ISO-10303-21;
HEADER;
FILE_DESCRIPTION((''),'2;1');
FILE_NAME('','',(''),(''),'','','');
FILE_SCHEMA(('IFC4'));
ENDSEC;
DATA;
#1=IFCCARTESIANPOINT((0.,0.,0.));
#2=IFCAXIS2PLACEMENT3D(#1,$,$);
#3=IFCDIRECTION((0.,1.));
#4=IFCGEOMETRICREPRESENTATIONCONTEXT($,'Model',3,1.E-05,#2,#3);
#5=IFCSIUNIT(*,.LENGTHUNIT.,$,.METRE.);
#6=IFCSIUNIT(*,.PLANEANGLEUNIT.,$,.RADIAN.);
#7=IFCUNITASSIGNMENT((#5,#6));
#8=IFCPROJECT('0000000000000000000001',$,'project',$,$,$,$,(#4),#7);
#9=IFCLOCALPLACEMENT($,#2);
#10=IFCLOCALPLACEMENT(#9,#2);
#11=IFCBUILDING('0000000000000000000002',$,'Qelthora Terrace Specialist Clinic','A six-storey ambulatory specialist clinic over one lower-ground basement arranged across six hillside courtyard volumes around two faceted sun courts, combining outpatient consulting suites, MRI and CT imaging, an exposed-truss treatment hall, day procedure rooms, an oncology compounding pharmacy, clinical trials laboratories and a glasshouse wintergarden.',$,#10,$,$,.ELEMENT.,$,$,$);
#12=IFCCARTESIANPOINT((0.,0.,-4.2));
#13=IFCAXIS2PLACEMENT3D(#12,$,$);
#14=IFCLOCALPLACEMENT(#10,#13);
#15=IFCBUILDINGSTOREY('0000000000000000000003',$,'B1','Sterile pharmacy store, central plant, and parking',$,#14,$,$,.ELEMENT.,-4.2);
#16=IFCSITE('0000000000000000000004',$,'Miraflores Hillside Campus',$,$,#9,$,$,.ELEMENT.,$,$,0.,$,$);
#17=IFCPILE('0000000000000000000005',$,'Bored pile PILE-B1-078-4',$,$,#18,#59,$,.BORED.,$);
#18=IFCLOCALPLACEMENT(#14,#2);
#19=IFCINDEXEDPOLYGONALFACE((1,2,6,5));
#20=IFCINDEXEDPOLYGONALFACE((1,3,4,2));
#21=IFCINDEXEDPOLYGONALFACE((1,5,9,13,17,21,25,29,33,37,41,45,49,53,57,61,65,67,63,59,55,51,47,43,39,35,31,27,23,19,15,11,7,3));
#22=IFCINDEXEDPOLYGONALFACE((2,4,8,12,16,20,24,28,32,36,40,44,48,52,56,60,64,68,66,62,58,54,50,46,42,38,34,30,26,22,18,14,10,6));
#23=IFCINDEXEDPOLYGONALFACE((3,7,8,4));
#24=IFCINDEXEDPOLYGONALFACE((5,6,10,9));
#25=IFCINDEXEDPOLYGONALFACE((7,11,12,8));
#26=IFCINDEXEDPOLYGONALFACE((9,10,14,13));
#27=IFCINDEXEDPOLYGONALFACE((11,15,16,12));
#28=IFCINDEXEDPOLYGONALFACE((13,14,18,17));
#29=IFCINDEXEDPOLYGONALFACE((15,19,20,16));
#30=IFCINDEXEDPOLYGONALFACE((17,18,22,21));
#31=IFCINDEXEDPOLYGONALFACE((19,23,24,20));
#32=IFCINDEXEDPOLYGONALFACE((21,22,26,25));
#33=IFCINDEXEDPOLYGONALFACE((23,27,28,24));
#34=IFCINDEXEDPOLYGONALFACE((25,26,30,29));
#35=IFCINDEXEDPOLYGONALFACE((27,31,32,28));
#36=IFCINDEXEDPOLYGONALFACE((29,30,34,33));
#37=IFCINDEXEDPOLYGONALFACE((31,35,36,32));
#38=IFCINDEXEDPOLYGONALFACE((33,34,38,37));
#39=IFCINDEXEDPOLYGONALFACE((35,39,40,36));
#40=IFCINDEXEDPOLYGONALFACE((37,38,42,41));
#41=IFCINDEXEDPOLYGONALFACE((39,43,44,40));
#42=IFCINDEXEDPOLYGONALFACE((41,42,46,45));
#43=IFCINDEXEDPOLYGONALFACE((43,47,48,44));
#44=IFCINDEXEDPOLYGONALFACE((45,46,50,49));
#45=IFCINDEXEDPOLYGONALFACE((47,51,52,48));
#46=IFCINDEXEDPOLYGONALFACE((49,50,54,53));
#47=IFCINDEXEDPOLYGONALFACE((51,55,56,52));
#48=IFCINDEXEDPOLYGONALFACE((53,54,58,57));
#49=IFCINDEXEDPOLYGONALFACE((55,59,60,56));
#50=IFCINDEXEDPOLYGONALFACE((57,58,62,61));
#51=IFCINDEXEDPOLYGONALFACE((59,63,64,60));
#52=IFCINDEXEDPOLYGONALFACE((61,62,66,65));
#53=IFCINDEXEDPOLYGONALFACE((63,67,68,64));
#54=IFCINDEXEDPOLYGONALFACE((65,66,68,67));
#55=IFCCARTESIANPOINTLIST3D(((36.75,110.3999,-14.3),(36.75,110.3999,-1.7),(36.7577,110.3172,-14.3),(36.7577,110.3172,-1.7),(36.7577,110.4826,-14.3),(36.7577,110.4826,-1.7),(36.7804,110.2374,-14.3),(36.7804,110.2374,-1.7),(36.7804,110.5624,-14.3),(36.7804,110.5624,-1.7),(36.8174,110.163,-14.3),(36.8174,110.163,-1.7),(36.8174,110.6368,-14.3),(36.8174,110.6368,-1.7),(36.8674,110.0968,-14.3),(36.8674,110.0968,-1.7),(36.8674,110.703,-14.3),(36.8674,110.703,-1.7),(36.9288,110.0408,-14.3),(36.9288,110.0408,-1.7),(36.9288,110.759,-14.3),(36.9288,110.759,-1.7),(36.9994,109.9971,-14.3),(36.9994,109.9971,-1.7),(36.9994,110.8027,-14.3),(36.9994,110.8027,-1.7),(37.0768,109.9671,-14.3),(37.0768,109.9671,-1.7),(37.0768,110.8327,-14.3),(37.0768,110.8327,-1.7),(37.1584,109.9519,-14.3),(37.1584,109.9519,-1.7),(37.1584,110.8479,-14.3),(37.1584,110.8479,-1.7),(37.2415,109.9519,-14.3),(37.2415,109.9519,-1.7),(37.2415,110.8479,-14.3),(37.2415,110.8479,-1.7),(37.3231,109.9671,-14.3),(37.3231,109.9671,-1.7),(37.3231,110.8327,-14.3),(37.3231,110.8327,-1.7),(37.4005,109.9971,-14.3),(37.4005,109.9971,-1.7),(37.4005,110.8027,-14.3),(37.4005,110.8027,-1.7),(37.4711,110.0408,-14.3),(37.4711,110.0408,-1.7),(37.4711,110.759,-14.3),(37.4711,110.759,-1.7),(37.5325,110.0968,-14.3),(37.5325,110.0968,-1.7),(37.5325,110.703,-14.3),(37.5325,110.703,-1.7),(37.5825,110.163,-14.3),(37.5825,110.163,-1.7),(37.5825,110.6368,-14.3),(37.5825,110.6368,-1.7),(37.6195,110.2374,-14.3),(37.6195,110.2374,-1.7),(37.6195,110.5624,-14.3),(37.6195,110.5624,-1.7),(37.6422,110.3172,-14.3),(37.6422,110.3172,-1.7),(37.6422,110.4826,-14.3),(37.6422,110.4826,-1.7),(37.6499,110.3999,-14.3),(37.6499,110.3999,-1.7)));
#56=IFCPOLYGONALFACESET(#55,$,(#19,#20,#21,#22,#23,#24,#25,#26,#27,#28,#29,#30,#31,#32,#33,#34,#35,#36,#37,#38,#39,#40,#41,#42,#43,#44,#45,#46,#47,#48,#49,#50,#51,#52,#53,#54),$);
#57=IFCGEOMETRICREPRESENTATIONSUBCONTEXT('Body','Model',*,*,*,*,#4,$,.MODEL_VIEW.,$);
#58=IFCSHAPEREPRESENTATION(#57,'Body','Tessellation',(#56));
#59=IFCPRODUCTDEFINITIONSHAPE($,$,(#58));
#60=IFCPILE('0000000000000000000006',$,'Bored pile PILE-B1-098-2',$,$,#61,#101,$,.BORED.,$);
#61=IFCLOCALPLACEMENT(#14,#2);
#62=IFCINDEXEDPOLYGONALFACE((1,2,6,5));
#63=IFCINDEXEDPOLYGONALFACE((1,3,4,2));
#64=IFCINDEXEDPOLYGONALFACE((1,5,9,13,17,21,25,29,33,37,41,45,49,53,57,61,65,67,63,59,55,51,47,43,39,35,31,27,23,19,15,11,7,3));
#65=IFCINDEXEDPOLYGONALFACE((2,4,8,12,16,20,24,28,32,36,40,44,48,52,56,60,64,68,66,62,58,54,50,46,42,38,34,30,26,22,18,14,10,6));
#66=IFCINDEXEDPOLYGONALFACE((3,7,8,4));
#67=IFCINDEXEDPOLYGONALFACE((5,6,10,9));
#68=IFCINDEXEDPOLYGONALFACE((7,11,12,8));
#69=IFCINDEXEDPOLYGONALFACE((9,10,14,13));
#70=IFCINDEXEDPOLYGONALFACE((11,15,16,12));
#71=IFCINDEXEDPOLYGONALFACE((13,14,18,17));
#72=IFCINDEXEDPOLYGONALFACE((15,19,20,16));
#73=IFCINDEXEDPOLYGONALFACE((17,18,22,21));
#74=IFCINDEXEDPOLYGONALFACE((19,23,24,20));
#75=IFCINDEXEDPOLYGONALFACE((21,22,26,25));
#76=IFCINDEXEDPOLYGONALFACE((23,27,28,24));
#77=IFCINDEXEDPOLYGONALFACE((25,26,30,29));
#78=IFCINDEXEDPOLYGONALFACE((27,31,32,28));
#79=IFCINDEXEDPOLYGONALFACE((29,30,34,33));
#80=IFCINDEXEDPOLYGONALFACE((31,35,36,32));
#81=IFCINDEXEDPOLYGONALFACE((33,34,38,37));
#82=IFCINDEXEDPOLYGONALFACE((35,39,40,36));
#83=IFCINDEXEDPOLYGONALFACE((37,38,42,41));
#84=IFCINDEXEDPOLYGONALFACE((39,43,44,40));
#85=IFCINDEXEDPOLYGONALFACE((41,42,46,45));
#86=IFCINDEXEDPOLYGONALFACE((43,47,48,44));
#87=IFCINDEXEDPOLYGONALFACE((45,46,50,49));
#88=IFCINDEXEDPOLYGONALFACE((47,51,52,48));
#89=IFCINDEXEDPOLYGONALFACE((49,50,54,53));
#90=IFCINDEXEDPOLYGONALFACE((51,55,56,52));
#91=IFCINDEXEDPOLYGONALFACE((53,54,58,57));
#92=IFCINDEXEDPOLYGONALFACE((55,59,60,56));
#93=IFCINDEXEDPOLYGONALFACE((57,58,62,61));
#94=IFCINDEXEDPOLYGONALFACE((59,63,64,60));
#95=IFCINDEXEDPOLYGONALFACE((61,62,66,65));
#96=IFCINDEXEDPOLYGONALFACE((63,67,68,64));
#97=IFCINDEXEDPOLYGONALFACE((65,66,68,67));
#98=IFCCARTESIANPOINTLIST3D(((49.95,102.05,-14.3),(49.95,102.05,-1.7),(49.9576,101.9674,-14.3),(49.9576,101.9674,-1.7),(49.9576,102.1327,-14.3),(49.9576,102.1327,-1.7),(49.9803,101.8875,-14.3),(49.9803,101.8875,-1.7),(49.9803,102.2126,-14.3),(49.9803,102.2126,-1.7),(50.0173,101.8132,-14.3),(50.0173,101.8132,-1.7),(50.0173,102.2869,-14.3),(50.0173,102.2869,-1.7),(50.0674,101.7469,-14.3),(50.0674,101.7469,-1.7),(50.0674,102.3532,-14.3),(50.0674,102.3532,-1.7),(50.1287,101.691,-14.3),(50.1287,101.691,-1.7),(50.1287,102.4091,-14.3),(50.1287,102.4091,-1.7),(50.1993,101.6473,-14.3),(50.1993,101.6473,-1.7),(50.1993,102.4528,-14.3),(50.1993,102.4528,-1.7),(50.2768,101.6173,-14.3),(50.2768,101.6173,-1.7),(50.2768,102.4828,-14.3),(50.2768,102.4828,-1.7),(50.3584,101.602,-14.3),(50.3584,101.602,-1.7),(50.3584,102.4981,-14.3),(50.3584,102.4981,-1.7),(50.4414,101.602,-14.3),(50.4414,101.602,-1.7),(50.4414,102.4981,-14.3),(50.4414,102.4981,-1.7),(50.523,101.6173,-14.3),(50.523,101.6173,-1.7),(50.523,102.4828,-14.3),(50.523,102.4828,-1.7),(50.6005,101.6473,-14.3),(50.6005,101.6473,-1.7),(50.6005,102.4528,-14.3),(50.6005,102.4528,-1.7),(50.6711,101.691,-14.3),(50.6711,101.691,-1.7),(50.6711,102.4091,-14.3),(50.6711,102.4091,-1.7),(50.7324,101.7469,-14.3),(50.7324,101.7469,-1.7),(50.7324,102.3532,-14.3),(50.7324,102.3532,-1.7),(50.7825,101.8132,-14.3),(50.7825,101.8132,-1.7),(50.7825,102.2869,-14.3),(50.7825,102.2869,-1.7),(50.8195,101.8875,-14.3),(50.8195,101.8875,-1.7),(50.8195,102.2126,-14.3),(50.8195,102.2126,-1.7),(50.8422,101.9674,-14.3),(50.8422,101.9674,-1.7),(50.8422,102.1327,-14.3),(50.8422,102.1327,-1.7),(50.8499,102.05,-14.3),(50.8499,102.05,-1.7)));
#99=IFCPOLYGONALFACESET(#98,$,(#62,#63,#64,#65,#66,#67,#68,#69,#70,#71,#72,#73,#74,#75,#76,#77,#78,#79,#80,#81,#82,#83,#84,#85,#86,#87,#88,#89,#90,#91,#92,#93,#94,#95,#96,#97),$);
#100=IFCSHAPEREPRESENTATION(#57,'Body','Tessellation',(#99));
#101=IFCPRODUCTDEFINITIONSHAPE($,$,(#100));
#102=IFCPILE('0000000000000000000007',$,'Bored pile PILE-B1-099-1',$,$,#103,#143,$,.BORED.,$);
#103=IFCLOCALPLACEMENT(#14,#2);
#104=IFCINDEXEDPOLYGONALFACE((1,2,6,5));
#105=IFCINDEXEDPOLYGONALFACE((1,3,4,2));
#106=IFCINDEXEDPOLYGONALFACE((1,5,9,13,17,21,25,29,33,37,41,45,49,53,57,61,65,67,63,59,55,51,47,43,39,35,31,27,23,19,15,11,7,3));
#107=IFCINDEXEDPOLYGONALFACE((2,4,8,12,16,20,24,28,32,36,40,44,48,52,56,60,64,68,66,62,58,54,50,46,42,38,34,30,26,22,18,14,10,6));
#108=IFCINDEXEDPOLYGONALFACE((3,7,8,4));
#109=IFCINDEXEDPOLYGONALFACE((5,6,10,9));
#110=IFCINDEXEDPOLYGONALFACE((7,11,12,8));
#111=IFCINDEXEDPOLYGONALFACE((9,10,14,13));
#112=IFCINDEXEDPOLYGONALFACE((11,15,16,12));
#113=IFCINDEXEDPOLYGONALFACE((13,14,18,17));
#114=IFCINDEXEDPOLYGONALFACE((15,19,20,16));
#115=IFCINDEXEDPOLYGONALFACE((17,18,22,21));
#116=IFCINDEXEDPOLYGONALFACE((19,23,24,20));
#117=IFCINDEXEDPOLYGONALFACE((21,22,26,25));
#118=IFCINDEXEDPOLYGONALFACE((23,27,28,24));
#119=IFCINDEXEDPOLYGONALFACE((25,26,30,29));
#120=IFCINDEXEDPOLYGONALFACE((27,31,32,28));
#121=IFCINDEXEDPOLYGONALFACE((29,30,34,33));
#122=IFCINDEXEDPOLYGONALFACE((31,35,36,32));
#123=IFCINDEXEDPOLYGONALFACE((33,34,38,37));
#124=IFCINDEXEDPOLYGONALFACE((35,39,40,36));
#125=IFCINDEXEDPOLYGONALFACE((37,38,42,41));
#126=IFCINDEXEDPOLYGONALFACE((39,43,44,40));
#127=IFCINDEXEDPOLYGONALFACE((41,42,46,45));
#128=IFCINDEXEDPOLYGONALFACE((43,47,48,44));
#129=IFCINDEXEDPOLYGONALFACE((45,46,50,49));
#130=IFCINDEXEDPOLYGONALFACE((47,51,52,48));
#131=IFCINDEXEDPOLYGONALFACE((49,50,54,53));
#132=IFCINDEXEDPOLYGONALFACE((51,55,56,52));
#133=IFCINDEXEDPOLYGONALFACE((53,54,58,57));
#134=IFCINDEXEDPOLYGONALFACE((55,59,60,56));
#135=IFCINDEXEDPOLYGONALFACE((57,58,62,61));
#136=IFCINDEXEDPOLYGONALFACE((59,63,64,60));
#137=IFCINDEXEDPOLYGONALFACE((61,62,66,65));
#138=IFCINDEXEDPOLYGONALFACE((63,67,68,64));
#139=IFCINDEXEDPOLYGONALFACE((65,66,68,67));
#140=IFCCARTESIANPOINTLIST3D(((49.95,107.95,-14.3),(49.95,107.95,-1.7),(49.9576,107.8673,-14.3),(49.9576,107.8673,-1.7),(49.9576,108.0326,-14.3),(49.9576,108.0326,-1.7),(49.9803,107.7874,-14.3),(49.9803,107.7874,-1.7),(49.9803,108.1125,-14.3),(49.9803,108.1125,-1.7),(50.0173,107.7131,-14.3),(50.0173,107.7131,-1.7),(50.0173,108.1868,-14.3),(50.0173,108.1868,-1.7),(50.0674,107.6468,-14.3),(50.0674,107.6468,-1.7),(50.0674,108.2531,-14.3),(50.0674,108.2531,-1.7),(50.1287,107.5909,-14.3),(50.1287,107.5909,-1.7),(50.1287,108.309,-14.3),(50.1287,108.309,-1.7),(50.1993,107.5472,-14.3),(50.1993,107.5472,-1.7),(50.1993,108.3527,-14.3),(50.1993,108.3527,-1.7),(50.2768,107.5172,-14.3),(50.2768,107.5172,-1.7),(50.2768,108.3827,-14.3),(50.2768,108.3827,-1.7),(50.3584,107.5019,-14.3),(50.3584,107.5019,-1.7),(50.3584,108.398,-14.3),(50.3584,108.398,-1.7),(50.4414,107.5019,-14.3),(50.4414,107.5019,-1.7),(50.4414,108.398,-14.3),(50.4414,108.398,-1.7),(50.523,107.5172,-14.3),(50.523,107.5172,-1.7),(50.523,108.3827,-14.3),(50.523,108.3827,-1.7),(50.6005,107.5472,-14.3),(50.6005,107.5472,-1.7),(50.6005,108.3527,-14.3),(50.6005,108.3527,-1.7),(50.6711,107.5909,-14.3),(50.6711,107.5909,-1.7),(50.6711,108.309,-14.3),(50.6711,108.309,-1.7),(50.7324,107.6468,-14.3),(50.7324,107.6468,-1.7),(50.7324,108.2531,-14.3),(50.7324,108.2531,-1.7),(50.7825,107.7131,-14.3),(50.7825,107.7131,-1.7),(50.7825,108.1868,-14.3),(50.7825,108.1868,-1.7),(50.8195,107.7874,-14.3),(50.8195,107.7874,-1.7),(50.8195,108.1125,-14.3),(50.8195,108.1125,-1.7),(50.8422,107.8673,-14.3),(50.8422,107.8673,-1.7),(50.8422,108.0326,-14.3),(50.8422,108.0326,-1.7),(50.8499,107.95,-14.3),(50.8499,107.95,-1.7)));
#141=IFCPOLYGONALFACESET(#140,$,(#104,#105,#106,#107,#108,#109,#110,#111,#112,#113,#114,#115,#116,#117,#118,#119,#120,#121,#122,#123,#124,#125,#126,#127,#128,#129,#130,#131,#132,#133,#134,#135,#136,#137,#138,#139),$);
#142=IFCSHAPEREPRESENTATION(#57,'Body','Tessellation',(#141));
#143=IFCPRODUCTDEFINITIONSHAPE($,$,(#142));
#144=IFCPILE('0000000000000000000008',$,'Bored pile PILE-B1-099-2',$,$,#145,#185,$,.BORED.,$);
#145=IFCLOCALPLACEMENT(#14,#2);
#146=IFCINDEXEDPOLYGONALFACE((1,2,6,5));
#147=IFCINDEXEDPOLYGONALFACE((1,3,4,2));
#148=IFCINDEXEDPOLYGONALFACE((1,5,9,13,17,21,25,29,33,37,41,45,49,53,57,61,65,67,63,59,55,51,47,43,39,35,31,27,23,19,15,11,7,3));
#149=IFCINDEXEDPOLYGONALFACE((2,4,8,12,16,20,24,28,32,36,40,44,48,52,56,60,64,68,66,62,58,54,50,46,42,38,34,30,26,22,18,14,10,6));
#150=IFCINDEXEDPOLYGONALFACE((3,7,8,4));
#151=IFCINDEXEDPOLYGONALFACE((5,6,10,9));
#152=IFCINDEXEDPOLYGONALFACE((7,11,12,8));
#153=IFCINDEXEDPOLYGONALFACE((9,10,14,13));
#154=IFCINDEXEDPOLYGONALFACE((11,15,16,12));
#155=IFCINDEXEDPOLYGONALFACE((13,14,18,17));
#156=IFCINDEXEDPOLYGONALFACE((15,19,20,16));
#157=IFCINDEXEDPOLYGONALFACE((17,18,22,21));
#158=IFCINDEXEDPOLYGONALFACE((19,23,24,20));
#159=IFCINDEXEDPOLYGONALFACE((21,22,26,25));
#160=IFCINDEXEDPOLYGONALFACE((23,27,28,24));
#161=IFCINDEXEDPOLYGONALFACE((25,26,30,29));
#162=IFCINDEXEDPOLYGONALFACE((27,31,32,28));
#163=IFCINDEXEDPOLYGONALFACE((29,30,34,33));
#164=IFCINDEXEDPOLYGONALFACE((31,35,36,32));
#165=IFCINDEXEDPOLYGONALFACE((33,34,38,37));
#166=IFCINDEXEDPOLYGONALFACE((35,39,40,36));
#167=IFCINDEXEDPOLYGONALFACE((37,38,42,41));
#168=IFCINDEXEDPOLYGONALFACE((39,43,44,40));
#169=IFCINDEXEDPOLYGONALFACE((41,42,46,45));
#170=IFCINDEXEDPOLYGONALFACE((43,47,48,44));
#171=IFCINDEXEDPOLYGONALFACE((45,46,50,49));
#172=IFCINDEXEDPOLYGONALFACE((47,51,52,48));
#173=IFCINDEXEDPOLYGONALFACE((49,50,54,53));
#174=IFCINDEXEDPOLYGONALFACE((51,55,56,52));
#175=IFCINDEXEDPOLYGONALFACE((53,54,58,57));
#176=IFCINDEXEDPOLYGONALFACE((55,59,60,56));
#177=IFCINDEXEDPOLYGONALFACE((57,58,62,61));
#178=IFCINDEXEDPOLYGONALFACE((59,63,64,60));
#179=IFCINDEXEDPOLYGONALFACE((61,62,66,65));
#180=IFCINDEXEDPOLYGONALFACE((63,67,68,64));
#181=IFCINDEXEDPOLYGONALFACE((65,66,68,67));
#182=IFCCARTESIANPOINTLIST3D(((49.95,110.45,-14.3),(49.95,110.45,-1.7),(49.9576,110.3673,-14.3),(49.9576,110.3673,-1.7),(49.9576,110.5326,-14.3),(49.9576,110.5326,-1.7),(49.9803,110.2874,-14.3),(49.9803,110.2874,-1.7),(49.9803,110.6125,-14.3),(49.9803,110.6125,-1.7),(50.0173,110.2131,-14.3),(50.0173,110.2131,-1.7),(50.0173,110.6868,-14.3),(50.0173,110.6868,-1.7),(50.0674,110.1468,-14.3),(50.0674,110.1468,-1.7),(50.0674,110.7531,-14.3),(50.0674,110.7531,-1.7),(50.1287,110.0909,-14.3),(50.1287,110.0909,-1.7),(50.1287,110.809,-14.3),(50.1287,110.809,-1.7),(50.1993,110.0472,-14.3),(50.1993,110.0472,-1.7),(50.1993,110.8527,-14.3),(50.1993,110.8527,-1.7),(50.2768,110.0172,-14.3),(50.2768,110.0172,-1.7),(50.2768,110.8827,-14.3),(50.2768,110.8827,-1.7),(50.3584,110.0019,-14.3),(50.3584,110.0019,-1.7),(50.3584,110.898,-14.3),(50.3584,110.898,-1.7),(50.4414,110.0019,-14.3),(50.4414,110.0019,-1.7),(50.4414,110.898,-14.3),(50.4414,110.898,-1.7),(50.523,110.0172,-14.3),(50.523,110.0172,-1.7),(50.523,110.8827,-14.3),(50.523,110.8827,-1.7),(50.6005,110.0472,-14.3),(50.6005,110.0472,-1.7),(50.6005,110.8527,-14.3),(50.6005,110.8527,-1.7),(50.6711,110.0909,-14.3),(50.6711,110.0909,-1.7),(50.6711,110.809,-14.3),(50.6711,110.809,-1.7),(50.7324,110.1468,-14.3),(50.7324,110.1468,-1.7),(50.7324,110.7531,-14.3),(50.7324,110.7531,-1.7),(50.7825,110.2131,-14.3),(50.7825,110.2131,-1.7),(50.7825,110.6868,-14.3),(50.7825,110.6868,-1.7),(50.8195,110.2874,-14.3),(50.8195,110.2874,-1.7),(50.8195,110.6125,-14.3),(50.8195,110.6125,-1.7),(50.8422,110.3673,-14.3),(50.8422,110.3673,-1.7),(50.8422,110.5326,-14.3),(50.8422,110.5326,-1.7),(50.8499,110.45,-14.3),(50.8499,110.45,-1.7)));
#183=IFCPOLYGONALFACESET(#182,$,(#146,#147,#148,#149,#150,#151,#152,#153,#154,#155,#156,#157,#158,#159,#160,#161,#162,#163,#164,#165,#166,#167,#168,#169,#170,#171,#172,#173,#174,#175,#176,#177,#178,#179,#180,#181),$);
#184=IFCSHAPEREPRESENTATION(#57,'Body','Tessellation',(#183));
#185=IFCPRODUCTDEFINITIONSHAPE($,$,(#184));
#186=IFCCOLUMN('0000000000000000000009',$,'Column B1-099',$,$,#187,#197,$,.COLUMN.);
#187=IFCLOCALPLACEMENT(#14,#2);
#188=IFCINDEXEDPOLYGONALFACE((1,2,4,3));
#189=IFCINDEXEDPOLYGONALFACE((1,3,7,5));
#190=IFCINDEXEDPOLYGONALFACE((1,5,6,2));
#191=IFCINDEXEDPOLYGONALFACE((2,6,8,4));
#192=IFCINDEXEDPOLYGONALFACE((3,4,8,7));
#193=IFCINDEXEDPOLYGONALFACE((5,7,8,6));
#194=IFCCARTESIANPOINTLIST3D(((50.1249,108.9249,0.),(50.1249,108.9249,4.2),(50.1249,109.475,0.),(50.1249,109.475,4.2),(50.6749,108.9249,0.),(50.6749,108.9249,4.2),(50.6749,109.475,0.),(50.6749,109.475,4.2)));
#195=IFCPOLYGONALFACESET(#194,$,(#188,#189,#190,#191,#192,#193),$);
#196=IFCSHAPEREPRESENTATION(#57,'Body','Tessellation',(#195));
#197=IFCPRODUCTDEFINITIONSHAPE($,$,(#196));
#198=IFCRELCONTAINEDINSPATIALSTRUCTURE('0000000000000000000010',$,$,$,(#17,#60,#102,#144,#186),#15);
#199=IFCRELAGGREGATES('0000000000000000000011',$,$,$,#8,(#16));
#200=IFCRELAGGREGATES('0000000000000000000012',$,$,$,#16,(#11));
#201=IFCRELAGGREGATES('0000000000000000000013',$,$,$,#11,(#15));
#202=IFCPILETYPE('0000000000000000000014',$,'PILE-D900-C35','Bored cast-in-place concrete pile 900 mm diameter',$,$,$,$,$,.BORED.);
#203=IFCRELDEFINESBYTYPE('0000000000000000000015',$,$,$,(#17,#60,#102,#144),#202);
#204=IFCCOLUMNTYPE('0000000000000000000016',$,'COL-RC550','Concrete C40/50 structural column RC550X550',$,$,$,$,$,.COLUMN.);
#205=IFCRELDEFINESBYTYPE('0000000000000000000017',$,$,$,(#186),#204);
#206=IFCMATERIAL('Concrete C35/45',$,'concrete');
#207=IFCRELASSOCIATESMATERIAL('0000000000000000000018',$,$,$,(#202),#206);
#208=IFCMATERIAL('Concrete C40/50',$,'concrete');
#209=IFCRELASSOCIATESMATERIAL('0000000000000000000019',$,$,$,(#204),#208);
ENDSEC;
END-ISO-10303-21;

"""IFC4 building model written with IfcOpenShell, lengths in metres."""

from ifc_helpers import new_model, si_unit, direction, frame, origin, origin_2d, place, context, subcontext, project, spatial, rectangle, circle, extrude, material, material_profile, profile_set, type_object, element, save


model = new_model("IFC4")

# Units and contexts
model_context = context("Model", 3, precision=1e-05, world=origin(), true_north=direction((0.0, 1.0)))
body_context = subcontext(model_context, "Body", "Model", "MODEL_VIEW")
ifc_project = project(units=[si_unit("LENGTHUNIT", "METRE"), si_unit("PLANEANGLEUNIT", "RADIAN")], contexts=[model_context])

# Site, building, storey
site_placement = place(None, origin())
site = spatial("IfcSite", under=ifc_project, at=site_placement, Name="Miraflores Hillside Campus", CompositionType="ELEMENT", RefElevation=0.0)
building_placement = place(site_placement, origin())
building = spatial("IfcBuilding", under=site, at=building_placement, Name="Qelthora Terrace Specialist Clinic", Description="A six-storey ambulatory specialist clinic over one lower-ground basement arranged across six hillside courtyard volumes around two faceted sun courts, combining outpatient consulting suites, MRI and CT imaging, an exposed-truss treatment hall, day procedure rooms, an oncology compounding pharmacy, clinical trials laboratories and a glasshouse wintergarden.", CompositionType="ELEMENT")
storey_placement = place(building_placement, frame((0.0, 0.0, -4.2)))
storey = spatial("IfcBuildingStorey", under=building, at=storey_placement, Name="B1", Description="Sterile pharmacy store, central plant, and parking", CompositionType="ELEMENT", Elevation=-4.2)

# Shared definitions
ifc_material_1 = material(Name="Concrete C35/45", Category="concrete")

# Piles
ifc_material_profile_1 = material_profile(ifc_material_1, circle(Radius=0.45, at=origin_2d()), Name="PILE900")
ifc_profile_set_1 = profile_set([ifc_material_profile_1], Name="Concrete C35/45")
pile_type_1 = type_object("IfcPileType", Name="PILE-D900-C35", Description="Bored cast-in-place concrete pile 900 mm diameter", PredefinedType="BORED", material=ifc_profile_set_1)
for number, where, z_axis, x_axis, name in (
    (1, (37.2, 110.3999, -1.7), (0.0, 0.0, -1.0), (1.0, 0.0, 0.0), "Bored pile PILE-B1-078-4"),
    (2, (50.3999, 102.05, -1.7), (0.0, 0.0, -1.0), (1.0, 0.0, 0.0), "Bored pile PILE-B1-098-2"),
    (3, (50.3999, 107.95, -1.7), (0.0, 0.0, -1.0), (1.0, 0.0, 0.0), "Bored pile PILE-B1-099-1"),
    (4, (50.3999, 110.45, -1.7), (0.0, 0.0, -1.0), (1.0, 0.0, 0.0), "Bored pile PILE-B1-099-2"),
):
    element("IfcPile", number, at=place(storey_placement, frame(where, z_axis=z_axis, x_axis=x_axis)), inside=storey, type_object=pile_type_1, Name=name, PredefinedType="BORED", context=body_context, shape_type="SweptSolid", body=[
        extrude(circle(Radius=0.45, at=origin_2d()), origin(), (0.0, 0.0, 1.0), 12.6001),
    ])

# Column
ifc_material_2 = material(Name="Concrete C40/50", Category="concrete")
ifc_material_profile_2 = material_profile(ifc_material_2, rectangle(XDim=0.55, YDim=0.55, at=origin_2d()), Name="RC550X550")
ifc_profile_set_2 = profile_set([ifc_material_profile_2], Name="Concrete C40/50")
column_type_1 = type_object("IfcColumnType", Name="COL-RC550", Description="Concrete C40/50 structural column RC550X550", PredefinedType="COLUMN", material=ifc_profile_set_2)
column_1_placement = place(storey_placement, frame((50.3999, 109.2, 0.0), z_axis=(0.0, 0.0, 1.0), x_axis=(1.0, 0.0, 0.0)))
element("IfcColumn", 5, at=column_1_placement, inside=storey, type_object=column_type_1, Name="Column B1-099", PredefinedType="COLUMN", context=body_context, shape_type="SweptSolid", body=[
    extrude(rectangle(XDim=0.55, YDim=0.55, at=origin_2d()), origin(), (0.0, 0.0, 1.0), 4.2),
])

save(model, "model.ifc")
